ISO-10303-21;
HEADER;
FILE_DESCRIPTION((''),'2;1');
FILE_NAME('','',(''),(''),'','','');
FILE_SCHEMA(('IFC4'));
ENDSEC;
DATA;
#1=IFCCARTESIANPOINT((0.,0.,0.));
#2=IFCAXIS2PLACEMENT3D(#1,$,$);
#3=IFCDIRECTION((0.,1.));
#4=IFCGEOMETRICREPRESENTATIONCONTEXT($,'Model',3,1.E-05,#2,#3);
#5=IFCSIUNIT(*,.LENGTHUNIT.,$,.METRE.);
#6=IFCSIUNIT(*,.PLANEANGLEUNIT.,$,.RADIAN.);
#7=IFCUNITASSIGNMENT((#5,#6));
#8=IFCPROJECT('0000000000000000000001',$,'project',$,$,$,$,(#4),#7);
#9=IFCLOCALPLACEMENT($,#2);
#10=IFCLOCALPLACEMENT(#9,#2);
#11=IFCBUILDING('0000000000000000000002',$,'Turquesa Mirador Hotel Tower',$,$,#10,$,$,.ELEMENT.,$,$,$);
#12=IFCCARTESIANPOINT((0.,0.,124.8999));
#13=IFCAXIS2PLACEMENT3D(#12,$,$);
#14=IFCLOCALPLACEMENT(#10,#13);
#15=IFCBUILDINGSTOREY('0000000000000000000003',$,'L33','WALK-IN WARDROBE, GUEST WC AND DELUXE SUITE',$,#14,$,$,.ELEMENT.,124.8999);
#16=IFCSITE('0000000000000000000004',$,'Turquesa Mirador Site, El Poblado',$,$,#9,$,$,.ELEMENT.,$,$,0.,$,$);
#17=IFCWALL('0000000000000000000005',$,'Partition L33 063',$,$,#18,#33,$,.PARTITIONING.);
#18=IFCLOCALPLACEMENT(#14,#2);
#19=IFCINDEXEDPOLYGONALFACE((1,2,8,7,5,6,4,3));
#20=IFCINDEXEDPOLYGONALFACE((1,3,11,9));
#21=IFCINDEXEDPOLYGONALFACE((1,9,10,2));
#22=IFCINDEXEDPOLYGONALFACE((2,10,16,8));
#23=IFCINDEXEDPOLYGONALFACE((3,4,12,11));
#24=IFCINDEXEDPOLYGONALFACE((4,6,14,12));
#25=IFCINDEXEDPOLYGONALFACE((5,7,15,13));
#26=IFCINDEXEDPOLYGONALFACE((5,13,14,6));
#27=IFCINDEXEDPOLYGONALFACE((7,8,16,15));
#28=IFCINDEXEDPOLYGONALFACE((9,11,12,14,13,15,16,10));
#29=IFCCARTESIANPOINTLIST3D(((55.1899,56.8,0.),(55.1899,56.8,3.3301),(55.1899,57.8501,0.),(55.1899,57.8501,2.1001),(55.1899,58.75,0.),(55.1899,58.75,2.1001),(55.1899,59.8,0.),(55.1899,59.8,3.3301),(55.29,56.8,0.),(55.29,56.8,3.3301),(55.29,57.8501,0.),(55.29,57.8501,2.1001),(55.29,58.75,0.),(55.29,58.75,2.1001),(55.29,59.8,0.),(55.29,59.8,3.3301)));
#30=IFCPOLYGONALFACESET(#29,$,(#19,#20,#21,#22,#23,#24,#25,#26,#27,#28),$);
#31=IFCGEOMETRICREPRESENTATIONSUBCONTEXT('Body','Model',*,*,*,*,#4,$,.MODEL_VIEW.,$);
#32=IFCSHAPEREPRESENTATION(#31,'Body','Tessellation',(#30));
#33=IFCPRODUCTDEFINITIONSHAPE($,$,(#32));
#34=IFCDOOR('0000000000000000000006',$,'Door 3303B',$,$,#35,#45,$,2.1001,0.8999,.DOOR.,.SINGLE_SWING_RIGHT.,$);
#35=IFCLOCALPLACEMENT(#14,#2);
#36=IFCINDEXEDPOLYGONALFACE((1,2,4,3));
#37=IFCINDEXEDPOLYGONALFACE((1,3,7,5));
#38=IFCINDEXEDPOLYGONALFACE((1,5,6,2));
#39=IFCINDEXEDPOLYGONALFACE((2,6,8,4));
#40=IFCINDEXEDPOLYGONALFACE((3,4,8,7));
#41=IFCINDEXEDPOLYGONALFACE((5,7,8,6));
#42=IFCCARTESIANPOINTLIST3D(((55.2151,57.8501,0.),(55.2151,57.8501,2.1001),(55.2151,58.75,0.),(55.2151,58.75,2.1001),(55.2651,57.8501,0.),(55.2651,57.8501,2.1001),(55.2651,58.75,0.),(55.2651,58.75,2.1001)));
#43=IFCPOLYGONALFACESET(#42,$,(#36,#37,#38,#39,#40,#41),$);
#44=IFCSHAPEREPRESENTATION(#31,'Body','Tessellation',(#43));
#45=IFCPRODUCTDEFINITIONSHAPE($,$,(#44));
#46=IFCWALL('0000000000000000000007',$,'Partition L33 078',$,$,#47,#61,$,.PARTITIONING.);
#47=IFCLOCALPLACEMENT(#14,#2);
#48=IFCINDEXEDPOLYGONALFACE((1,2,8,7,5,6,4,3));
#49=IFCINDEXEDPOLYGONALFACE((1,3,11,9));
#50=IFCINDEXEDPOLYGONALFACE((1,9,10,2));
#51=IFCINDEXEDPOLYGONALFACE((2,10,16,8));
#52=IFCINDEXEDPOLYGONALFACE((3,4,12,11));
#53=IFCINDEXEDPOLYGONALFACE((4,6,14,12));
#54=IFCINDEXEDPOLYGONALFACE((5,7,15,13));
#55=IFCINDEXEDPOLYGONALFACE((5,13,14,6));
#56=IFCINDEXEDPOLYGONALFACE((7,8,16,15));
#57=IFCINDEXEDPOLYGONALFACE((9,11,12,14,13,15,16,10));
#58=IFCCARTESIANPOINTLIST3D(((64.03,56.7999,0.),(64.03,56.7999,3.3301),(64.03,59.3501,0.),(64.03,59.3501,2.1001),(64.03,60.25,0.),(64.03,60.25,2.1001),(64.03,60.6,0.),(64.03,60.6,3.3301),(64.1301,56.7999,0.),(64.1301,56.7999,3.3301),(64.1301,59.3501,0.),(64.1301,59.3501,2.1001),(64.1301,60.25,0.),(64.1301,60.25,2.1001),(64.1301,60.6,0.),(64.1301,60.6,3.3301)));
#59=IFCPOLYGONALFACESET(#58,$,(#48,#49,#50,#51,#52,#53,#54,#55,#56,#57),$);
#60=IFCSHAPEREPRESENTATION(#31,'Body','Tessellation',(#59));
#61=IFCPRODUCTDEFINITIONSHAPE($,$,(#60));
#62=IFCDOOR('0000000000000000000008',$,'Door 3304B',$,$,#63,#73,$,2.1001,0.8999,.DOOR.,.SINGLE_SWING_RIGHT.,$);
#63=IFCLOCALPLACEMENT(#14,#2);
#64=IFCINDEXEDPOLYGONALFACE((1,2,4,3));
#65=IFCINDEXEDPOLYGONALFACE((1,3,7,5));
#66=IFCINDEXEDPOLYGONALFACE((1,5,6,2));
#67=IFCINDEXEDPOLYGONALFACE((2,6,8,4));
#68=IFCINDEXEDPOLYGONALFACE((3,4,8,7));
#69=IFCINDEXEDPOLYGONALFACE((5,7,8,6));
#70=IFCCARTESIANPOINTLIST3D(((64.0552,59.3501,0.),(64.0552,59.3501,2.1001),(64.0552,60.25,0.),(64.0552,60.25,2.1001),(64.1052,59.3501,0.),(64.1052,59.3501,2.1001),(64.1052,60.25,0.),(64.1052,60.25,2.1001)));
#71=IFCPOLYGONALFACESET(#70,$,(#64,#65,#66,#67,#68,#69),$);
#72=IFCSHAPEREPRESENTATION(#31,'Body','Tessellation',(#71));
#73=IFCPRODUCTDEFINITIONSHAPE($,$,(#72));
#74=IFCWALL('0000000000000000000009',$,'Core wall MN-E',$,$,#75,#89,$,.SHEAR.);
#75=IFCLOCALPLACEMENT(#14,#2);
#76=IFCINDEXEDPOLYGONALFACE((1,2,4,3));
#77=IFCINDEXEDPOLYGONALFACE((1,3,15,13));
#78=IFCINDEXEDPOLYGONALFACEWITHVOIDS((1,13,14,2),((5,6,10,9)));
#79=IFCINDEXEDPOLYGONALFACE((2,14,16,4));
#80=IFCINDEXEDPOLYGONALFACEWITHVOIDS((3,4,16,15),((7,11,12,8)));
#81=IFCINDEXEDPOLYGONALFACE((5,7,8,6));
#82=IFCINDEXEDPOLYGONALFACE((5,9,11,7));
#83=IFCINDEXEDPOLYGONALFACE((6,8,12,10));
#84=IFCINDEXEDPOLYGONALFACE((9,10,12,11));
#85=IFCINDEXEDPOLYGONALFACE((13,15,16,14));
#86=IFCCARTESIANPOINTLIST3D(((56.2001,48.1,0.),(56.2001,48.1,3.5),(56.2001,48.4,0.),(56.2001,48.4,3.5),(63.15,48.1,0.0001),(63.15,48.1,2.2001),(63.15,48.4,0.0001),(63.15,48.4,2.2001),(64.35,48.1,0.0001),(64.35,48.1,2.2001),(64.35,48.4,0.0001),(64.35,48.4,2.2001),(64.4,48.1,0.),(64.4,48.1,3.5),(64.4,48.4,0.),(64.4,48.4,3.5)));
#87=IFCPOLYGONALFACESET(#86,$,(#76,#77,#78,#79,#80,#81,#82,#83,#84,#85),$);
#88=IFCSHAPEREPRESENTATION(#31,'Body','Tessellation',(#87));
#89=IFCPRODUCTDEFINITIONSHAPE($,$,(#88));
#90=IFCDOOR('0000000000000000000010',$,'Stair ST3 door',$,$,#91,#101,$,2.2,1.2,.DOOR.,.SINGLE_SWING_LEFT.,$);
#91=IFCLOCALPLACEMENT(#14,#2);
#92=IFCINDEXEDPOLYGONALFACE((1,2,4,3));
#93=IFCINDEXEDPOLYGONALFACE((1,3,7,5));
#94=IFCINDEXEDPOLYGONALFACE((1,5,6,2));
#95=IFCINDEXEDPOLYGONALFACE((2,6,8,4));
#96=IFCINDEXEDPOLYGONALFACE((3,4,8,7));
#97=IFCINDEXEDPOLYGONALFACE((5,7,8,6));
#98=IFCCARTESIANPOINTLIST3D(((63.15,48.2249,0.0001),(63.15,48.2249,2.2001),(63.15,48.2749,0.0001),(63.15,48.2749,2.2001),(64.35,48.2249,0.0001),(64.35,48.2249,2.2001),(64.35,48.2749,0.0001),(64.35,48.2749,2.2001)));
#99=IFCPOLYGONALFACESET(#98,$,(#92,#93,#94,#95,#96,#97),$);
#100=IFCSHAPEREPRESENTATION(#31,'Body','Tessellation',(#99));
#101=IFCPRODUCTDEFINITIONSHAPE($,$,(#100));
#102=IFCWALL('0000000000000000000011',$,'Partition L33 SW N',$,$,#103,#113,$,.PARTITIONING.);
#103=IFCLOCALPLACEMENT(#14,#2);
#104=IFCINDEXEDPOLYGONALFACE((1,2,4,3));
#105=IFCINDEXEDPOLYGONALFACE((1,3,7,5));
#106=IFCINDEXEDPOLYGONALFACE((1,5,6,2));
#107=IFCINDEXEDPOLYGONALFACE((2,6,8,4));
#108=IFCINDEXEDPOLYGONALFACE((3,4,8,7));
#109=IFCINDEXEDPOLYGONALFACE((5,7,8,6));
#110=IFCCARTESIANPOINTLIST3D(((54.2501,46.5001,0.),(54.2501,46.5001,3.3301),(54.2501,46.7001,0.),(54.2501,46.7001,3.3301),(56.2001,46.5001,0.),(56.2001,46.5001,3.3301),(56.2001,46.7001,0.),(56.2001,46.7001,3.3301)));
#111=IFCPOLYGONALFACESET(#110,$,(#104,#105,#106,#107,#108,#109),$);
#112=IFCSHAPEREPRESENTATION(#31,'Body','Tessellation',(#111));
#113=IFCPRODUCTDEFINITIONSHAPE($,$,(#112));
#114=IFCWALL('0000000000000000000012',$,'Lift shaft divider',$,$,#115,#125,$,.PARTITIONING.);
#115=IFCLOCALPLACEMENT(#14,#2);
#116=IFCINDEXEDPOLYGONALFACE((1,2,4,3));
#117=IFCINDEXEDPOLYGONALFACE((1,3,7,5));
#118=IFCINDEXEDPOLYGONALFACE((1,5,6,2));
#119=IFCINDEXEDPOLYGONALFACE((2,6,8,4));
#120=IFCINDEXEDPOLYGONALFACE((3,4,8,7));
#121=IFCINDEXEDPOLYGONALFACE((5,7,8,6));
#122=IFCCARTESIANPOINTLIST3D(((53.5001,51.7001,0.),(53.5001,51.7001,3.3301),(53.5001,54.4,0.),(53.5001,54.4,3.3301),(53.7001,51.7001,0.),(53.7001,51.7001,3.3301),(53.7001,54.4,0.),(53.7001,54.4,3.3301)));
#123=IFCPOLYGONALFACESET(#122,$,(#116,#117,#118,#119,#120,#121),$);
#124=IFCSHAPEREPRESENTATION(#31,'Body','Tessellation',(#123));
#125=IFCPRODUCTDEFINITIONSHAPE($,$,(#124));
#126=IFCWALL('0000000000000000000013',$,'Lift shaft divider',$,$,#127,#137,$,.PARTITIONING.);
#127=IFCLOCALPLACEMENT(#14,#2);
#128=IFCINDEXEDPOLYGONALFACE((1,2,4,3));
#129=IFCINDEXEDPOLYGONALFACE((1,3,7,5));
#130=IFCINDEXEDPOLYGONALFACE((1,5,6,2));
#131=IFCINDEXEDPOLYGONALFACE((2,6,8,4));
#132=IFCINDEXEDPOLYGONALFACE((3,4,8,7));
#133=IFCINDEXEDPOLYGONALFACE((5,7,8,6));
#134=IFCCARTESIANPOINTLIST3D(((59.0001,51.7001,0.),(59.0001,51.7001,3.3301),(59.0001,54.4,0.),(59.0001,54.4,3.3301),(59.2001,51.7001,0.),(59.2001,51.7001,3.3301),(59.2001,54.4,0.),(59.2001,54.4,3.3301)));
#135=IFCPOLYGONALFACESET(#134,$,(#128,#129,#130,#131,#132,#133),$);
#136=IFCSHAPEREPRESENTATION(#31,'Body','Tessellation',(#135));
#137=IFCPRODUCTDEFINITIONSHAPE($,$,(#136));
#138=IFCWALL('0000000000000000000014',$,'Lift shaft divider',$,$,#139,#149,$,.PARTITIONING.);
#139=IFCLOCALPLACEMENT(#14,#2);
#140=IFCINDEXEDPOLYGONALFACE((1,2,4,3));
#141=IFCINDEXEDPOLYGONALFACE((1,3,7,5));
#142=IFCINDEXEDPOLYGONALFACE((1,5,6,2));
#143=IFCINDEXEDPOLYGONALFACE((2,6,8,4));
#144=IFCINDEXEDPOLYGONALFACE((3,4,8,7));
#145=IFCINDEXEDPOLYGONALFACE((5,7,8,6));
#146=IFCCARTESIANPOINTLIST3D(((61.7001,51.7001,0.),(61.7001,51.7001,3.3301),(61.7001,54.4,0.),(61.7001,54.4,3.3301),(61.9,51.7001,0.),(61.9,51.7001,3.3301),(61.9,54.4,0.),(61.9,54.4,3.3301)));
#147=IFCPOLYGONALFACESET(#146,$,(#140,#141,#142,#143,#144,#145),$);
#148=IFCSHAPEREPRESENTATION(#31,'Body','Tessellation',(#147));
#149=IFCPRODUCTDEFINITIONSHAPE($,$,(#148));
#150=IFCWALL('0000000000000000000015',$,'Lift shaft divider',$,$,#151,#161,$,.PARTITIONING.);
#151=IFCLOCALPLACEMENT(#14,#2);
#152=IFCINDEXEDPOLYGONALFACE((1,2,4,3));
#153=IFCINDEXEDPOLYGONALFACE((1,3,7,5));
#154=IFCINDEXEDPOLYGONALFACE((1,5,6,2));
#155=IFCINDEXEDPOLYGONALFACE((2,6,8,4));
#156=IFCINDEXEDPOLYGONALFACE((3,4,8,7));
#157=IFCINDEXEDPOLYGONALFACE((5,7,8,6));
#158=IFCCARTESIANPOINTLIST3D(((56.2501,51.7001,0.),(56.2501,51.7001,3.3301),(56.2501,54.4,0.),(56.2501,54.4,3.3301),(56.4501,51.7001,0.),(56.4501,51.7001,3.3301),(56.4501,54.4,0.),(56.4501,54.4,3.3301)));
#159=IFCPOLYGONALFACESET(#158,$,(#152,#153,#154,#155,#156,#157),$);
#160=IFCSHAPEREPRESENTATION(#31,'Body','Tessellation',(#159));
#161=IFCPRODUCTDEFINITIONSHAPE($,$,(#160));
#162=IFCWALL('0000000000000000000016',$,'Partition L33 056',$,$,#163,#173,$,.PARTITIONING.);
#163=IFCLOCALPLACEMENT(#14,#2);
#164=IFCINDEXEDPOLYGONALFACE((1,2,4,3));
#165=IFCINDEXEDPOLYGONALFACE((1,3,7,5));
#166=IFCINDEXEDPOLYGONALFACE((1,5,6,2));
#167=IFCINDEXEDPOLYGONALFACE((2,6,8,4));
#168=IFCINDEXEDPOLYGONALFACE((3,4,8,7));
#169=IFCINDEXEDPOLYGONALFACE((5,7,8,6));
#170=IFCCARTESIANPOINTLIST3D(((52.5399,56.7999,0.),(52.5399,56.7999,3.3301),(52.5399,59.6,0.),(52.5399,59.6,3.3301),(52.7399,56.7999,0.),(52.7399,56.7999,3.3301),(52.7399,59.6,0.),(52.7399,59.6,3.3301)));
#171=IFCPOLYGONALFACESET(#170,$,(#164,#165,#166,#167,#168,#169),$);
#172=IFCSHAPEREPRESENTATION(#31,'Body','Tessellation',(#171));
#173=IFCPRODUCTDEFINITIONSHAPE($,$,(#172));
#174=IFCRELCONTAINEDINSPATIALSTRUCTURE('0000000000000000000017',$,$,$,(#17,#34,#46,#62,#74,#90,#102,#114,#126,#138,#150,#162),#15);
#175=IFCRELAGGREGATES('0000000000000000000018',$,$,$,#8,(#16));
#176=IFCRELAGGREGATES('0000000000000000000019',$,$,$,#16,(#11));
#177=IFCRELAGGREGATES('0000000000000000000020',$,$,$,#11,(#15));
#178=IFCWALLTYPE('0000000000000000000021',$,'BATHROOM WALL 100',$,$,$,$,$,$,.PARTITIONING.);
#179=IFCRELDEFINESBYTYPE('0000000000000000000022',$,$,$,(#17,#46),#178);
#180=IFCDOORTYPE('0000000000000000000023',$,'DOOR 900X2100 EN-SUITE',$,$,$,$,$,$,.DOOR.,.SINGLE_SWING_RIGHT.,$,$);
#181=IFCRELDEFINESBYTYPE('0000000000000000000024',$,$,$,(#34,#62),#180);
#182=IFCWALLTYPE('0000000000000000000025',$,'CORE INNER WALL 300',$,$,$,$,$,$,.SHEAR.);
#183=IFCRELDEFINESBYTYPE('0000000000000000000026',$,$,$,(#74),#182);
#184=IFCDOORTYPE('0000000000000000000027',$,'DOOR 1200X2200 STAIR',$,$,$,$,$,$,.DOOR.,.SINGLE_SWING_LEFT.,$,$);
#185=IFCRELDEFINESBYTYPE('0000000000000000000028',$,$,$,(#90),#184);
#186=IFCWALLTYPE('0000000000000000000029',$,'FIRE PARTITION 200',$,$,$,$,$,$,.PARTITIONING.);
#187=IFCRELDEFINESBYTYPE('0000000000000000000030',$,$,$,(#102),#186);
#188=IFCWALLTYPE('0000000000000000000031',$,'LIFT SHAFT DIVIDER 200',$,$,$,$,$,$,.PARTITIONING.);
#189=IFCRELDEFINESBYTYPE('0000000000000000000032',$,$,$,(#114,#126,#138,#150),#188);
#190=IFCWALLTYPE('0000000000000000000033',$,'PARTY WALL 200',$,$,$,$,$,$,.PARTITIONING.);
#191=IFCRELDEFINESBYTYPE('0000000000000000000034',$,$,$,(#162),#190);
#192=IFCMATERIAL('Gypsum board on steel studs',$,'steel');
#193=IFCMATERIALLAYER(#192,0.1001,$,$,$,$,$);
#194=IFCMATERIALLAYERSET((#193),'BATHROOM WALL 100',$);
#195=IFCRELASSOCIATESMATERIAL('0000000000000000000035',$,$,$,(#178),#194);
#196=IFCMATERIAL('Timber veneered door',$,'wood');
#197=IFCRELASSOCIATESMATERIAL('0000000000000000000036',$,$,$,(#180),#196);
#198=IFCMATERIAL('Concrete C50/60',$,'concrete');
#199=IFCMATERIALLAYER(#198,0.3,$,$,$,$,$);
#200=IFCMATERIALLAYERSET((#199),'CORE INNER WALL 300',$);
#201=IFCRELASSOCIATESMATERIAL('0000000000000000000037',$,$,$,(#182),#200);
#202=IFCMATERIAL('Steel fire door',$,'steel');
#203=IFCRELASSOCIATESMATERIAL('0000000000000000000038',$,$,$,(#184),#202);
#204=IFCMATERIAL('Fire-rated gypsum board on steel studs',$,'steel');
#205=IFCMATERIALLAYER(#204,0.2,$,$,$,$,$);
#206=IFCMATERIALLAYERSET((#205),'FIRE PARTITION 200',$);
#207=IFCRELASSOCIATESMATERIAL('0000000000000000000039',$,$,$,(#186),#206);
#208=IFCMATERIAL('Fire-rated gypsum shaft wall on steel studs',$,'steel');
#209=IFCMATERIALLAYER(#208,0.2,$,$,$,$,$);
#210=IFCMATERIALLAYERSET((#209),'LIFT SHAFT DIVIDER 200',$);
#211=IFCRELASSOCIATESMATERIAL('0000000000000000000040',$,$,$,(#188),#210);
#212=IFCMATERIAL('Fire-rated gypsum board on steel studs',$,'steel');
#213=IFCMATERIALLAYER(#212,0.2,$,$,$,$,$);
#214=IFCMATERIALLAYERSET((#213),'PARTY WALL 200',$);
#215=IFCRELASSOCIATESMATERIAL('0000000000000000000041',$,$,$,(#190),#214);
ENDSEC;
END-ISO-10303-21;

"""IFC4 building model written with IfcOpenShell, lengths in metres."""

from ifc_helpers import new_model, si_unit, direction, frame, frame_2d, origin, place, context, subcontext, project, spatial, rectangle, extrude, material, layer, layer_set, type_object, element, fill, save


model = new_model("IFC4")

# Units and contexts
model_context = context("Model", 3, precision=1e-05, world=origin(), true_north=direction((0.0, 1.0)))
body_context = subcontext(model_context, "Body", "Model", "MODEL_VIEW")
ifc_project = project(units=[si_unit("LENGTHUNIT", "METRE"), si_unit("PLANEANGLEUNIT", "RADIAN")], contexts=[model_context])

# Site, building, storey
site_placement = place(None, origin())
site = spatial("IfcSite", under=ifc_project, at=site_placement, Name="Turquesa Mirador Site, El Poblado", CompositionType="ELEMENT", RefElevation=0.0)
building_placement = place(site_placement, origin())
building = spatial("IfcBuilding", under=site, at=building_placement, Name="Turquesa Mirador Hotel Tower", CompositionType="ELEMENT")
storey_placement = place(building_placement, frame((0.0, 0.0, 124.8999)))
storey = spatial("IfcBuildingStorey", under=building, at=storey_placement, Name="L33", Description="WALK-IN WARDROBE, GUEST WC AND DELUXE SUITE", CompositionType="ELEMENT", Elevation=124.8999)

# Walls, openings, doors
ifc_material_1 = material(Name="Gypsum board on steel studs", Category="steel")
ifc_layer_1 = layer(ifc_material_1, 0.1001)
ifc_layer_set_1 = layer_set([ifc_layer_1], Name="BATHROOM WALL 100")
wall_type_1 = type_object("IfcWallType", Name="BATHROOM WALL 100", PredefinedType="PARTITIONING", material=ifc_layer_set_1)
wall_1_placement = place(storey_placement, frame((55.24, 56.8, 0.0), z_axis=(0.0, 0.0, 1.0), x_axis=(0.0, 1.0, 0.0)))
wall_1 = element("IfcWall", 1, at=wall_1_placement, inside=storey, type_object=wall_type_1, Name="Partition L33 063", PredefinedType="PARTITIONING", context=body_context, shape_type="SweptSolid", body=[
    extrude(rectangle(XDim=3.0, YDim=0.1001, at=frame_2d((1.5, 0.0))), origin(), (0.0, 0.0, 1.0), 3.3301),
])
opening_1_placement = place(wall_1_placement, frame((1.05, 0.0, 0.0)))
opening_1 = element("IfcOpeningElement", 2, at=opening_1_placement, cuts=wall_1, PredefinedType="OPENING", context=body_context, shape_type="SweptSolid", body=[
    extrude(rectangle(XDim=0.8999, YDim=2.1001, at=frame_2d((0.45, 1.05))), frame((0.0, 0.0601, 0.0), z_axis=(0.0, -1.0, 0.0), x_axis=(1.0, 0.0, 0.0)), (0.0, 0.0, 1.0), 0.1201),
])
ifc_material_2 = material(Name="Timber veneered door", Category="wood")
door_type_1 = type_object("IfcDoorType", Name="DOOR 900X2100 EN-SUITE", OperationType="SINGLE_SWING_RIGHT", PredefinedType="DOOR", material=ifc_material_2)
door_1_placement = place(opening_1_placement, origin())
door_1 = element("IfcDoor", 3, at=door_1_placement, inside=storey, type_object=door_type_1, Name="Door 3303B", OperationType="SINGLE_SWING_RIGHT", OverallHeight=2.1001, OverallWidth=0.8999, PredefinedType="DOOR", context=body_context, shape_type="SweptSolid", body=[
    extrude(rectangle(XDim=0.8999, YDim=2.1001, at=frame_2d((0.45, 1.05))), frame((0.0, 0.0249, 0.0), z_axis=(0.0, -1.0, 0.0), x_axis=(1.0, 0.0, 0.0)), (0.0, 0.0, 1.0), 0.05),
])
fill(opening_1, door_1)
wall_2_placement = place(storey_placement, frame((64.0801, 56.8, 0.0), z_axis=(0.0, 0.0, 1.0), x_axis=(0.0, 1.0, 0.0)))
wall_2 = element("IfcWall", 4, at=wall_2_placement, inside=storey, type_object=wall_type_1, Name="Partition L33 078", PredefinedType="PARTITIONING", context=body_context, shape_type="SweptSolid", body=[
    extrude(rectangle(XDim=3.8, YDim=0.1001, at=frame_2d((1.8999, 0.0))), origin(), (0.0, 0.0, 1.0), 3.3301),
])
opening_2_placement = place(wall_2_placement, frame((2.55, 0.0, 0.0)))
opening_2 = element("IfcOpeningElement", 5, at=opening_2_placement, cuts=wall_2, PredefinedType="OPENING", context=body_context, shape_type="SweptSolid", body=[
    extrude(rectangle(XDim=0.8999, YDim=2.1001, at=frame_2d((0.45, 1.05))), frame((0.0, 0.0601, 0.0), z_axis=(0.0, -1.0, 0.0), x_axis=(1.0, 0.0, 0.0)), (0.0, 0.0, 1.0), 0.1201),
])
door_2_placement = place(opening_2_placement, origin())
door_2 = element("IfcDoor", 6, at=door_2_placement, inside=storey, type_object=door_type_1, Name="Door 3304B", OperationType="SINGLE_SWING_RIGHT", OverallHeight=2.1001, OverallWidth=0.8999, PredefinedType="DOOR", context=body_context, shape_type="SweptSolid", body=[
    extrude(rectangle(XDim=0.8999, YDim=2.1001, at=frame_2d((0.45, 1.05))), frame((0.0, 0.0249, 0.0), z_axis=(0.0, -1.0, 0.0), x_axis=(1.0, 0.0, 0.0)), (0.0, 0.0, 1.0), 0.05),
])
fill(opening_2, door_2)
ifc_material_3 = material(Name="Concrete C50/60", Category="concrete")
ifc_layer_2 = layer(ifc_material_3, 0.3)
ifc_layer_set_2 = layer_set([ifc_layer_2], Name="CORE INNER WALL 300")
wall_type_2 = type_object("IfcWallType", Name="CORE INNER WALL 300", PredefinedType="SHEAR", material=ifc_layer_set_2)
wall_3_placement = place(storey_placement, frame((56.2, 48.25, 0.0), z_axis=(0.0, 0.0, 1.0), x_axis=(1.0, 0.0, 0.0)))
wall_3 = element("IfcWall", 7, at=wall_3_placement, inside=storey, type_object=wall_type_2, Name="Core wall MN-E", PredefinedType="SHEAR", context=body_context, shape_type="SweptSolid", body=[
    extrude(rectangle(XDim=8.2, YDim=0.3, at=frame_2d((4.1001, 0.0))), origin(), (0.0, 0.0, 1.0), 3.5),
])
opening_3_placement = place(wall_3_placement, frame((6.95, 0.0, 0.0)))
opening_3 = element("IfcOpeningElement", 8, at=opening_3_placement, cuts=wall_3, PredefinedType="OPENING", context=body_context, shape_type="SweptSolid", body=[
    extrude(rectangle(XDim=1.2, YDim=2.2, at=frame_2d((0.6001, 1.1001))), frame((0.0, 0.1599, 0.0), z_axis=(0.0, -1.0, 0.0), x_axis=(1.0, 0.0, 0.0)), (0.0, 0.0, 1.0), 0.3201),
])
ifc_material_4 = material(Name="Steel fire door", Category="steel")
door_type_2 = type_object("IfcDoorType", Name="DOOR 1200X2200 STAIR", OperationType="SINGLE_SWING_LEFT", PredefinedType="DOOR", material=ifc_material_4)
door_3_placement = place(opening_3_placement, origin())
door_3 = element("IfcDoor", 9, at=door_3_placement, inside=storey, type_object=door_type_2, Name="Stair ST3 door", OperationType="SINGLE_SWING_LEFT", OverallHeight=2.2, OverallWidth=1.2, PredefinedType="DOOR", context=body_context, shape_type="SweptSolid", body=[
    extrude(rectangle(XDim=1.2, YDim=2.2, at=frame_2d((0.6001, 1.1001))), frame((0.0, 0.0249, 0.0), z_axis=(0.0, -1.0, 0.0), x_axis=(1.0, 0.0, 0.0)), (0.0, 0.0, 1.0), 0.05),
])
fill(opening_3, door_3)

# Walls
ifc_material_5 = material(Name="Fire-rated gypsum board on steel studs", Category="steel")
ifc_layer_3 = layer(ifc_material_5, 0.2)
ifc_layer_set_3 = layer_set([ifc_layer_3], Name="FIRE PARTITION 200")
wall_type_3 = type_object("IfcWallType", Name="FIRE PARTITION 200", PredefinedType="PARTITIONING", material=ifc_layer_set_3)
wall_4_placement = place(storey_placement, frame((54.25, 46.6001, 0.0), z_axis=(0.0, 0.0, 1.0), x_axis=(1.0, 0.0, 0.0)))
element("IfcWall", 10, at=wall_4_placement, inside=storey, type_object=wall_type_3, Name="Partition L33 SW N", PredefinedType="PARTITIONING", context=body_context, shape_type="SweptSolid", body=[
    extrude(rectangle(XDim=1.95, YDim=0.2, at=frame_2d((0.9751, 0.0))), origin(), (0.0, 0.0, 1.0), 3.3301),
])
ifc_material_6 = material(Name="Fire-rated gypsum shaft wall on steel studs", Category="steel")
ifc_layer_4 = layer(ifc_material_6, 0.2)
ifc_layer_set_4 = layer_set([ifc_layer_4], Name="LIFT SHAFT DIVIDER 200")
wall_type_4 = type_object("IfcWallType", Name="LIFT SHAFT DIVIDER 200", PredefinedType="PARTITIONING", material=ifc_layer_set_4)
for number, where, z_axis, x_axis, name in (
    (11, (53.6001, 51.7, 0.0), (0.0, 0.0, 1.0), (0.0, 1.0, 0.0), "Lift shaft divider"),
    (12, (59.1001, 51.7, 0.0), (0.0, 0.0, 1.0), (0.0, 1.0, 0.0), "Lift shaft divider"),
    (13, (61.8, 51.7, 0.0), (0.0, 0.0, 1.0), (0.0, 1.0, 0.0), "Lift shaft divider"),
    (14, (56.3501, 51.7, 0.0), (0.0, 0.0, 1.0), (0.0, 1.0, 0.0), "Lift shaft divider"),
):
    element("IfcWall", number, at=place(storey_placement, frame(where, z_axis=z_axis, x_axis=x_axis)), inside=storey, type_object=wall_type_4, Name=name, PredefinedType="PARTITIONING", context=body_context, shape_type="SweptSolid", body=[
        extrude(rectangle(XDim=2.7, YDim=0.2, at=frame_2d((1.3501, 0.0))), origin(), (0.0, 0.0, 1.0), 3.3301),
    ])
ifc_material_7 = material(Name="Fire-rated gypsum board on steel studs", Category="steel")
ifc_layer_5 = layer(ifc_material_7, 0.2)
ifc_layer_set_5 = layer_set([ifc_layer_5], Name="PARTY WALL 200")
wall_type_5 = type_object("IfcWallType", Name="PARTY WALL 200", PredefinedType="PARTITIONING", material=ifc_layer_set_5)
wall_5_placement = place(storey_placement, frame((52.6399, 56.8, 0.0), z_axis=(0.0, 0.0, 1.0), x_axis=(0.0, 1.0, 0.0)))
element("IfcWall", 15, at=wall_5_placement, inside=storey, type_object=wall_type_5, Name="Partition L33 056", PredefinedType="PARTITIONING", context=body_context, shape_type="SweptSolid", body=[
    extrude(rectangle(XDim=2.8, YDim=0.2, at=frame_2d((1.3999, 0.0))), origin(), (0.0, 0.0, 1.0), 3.3301),
])

save(model, "model.ifc")
